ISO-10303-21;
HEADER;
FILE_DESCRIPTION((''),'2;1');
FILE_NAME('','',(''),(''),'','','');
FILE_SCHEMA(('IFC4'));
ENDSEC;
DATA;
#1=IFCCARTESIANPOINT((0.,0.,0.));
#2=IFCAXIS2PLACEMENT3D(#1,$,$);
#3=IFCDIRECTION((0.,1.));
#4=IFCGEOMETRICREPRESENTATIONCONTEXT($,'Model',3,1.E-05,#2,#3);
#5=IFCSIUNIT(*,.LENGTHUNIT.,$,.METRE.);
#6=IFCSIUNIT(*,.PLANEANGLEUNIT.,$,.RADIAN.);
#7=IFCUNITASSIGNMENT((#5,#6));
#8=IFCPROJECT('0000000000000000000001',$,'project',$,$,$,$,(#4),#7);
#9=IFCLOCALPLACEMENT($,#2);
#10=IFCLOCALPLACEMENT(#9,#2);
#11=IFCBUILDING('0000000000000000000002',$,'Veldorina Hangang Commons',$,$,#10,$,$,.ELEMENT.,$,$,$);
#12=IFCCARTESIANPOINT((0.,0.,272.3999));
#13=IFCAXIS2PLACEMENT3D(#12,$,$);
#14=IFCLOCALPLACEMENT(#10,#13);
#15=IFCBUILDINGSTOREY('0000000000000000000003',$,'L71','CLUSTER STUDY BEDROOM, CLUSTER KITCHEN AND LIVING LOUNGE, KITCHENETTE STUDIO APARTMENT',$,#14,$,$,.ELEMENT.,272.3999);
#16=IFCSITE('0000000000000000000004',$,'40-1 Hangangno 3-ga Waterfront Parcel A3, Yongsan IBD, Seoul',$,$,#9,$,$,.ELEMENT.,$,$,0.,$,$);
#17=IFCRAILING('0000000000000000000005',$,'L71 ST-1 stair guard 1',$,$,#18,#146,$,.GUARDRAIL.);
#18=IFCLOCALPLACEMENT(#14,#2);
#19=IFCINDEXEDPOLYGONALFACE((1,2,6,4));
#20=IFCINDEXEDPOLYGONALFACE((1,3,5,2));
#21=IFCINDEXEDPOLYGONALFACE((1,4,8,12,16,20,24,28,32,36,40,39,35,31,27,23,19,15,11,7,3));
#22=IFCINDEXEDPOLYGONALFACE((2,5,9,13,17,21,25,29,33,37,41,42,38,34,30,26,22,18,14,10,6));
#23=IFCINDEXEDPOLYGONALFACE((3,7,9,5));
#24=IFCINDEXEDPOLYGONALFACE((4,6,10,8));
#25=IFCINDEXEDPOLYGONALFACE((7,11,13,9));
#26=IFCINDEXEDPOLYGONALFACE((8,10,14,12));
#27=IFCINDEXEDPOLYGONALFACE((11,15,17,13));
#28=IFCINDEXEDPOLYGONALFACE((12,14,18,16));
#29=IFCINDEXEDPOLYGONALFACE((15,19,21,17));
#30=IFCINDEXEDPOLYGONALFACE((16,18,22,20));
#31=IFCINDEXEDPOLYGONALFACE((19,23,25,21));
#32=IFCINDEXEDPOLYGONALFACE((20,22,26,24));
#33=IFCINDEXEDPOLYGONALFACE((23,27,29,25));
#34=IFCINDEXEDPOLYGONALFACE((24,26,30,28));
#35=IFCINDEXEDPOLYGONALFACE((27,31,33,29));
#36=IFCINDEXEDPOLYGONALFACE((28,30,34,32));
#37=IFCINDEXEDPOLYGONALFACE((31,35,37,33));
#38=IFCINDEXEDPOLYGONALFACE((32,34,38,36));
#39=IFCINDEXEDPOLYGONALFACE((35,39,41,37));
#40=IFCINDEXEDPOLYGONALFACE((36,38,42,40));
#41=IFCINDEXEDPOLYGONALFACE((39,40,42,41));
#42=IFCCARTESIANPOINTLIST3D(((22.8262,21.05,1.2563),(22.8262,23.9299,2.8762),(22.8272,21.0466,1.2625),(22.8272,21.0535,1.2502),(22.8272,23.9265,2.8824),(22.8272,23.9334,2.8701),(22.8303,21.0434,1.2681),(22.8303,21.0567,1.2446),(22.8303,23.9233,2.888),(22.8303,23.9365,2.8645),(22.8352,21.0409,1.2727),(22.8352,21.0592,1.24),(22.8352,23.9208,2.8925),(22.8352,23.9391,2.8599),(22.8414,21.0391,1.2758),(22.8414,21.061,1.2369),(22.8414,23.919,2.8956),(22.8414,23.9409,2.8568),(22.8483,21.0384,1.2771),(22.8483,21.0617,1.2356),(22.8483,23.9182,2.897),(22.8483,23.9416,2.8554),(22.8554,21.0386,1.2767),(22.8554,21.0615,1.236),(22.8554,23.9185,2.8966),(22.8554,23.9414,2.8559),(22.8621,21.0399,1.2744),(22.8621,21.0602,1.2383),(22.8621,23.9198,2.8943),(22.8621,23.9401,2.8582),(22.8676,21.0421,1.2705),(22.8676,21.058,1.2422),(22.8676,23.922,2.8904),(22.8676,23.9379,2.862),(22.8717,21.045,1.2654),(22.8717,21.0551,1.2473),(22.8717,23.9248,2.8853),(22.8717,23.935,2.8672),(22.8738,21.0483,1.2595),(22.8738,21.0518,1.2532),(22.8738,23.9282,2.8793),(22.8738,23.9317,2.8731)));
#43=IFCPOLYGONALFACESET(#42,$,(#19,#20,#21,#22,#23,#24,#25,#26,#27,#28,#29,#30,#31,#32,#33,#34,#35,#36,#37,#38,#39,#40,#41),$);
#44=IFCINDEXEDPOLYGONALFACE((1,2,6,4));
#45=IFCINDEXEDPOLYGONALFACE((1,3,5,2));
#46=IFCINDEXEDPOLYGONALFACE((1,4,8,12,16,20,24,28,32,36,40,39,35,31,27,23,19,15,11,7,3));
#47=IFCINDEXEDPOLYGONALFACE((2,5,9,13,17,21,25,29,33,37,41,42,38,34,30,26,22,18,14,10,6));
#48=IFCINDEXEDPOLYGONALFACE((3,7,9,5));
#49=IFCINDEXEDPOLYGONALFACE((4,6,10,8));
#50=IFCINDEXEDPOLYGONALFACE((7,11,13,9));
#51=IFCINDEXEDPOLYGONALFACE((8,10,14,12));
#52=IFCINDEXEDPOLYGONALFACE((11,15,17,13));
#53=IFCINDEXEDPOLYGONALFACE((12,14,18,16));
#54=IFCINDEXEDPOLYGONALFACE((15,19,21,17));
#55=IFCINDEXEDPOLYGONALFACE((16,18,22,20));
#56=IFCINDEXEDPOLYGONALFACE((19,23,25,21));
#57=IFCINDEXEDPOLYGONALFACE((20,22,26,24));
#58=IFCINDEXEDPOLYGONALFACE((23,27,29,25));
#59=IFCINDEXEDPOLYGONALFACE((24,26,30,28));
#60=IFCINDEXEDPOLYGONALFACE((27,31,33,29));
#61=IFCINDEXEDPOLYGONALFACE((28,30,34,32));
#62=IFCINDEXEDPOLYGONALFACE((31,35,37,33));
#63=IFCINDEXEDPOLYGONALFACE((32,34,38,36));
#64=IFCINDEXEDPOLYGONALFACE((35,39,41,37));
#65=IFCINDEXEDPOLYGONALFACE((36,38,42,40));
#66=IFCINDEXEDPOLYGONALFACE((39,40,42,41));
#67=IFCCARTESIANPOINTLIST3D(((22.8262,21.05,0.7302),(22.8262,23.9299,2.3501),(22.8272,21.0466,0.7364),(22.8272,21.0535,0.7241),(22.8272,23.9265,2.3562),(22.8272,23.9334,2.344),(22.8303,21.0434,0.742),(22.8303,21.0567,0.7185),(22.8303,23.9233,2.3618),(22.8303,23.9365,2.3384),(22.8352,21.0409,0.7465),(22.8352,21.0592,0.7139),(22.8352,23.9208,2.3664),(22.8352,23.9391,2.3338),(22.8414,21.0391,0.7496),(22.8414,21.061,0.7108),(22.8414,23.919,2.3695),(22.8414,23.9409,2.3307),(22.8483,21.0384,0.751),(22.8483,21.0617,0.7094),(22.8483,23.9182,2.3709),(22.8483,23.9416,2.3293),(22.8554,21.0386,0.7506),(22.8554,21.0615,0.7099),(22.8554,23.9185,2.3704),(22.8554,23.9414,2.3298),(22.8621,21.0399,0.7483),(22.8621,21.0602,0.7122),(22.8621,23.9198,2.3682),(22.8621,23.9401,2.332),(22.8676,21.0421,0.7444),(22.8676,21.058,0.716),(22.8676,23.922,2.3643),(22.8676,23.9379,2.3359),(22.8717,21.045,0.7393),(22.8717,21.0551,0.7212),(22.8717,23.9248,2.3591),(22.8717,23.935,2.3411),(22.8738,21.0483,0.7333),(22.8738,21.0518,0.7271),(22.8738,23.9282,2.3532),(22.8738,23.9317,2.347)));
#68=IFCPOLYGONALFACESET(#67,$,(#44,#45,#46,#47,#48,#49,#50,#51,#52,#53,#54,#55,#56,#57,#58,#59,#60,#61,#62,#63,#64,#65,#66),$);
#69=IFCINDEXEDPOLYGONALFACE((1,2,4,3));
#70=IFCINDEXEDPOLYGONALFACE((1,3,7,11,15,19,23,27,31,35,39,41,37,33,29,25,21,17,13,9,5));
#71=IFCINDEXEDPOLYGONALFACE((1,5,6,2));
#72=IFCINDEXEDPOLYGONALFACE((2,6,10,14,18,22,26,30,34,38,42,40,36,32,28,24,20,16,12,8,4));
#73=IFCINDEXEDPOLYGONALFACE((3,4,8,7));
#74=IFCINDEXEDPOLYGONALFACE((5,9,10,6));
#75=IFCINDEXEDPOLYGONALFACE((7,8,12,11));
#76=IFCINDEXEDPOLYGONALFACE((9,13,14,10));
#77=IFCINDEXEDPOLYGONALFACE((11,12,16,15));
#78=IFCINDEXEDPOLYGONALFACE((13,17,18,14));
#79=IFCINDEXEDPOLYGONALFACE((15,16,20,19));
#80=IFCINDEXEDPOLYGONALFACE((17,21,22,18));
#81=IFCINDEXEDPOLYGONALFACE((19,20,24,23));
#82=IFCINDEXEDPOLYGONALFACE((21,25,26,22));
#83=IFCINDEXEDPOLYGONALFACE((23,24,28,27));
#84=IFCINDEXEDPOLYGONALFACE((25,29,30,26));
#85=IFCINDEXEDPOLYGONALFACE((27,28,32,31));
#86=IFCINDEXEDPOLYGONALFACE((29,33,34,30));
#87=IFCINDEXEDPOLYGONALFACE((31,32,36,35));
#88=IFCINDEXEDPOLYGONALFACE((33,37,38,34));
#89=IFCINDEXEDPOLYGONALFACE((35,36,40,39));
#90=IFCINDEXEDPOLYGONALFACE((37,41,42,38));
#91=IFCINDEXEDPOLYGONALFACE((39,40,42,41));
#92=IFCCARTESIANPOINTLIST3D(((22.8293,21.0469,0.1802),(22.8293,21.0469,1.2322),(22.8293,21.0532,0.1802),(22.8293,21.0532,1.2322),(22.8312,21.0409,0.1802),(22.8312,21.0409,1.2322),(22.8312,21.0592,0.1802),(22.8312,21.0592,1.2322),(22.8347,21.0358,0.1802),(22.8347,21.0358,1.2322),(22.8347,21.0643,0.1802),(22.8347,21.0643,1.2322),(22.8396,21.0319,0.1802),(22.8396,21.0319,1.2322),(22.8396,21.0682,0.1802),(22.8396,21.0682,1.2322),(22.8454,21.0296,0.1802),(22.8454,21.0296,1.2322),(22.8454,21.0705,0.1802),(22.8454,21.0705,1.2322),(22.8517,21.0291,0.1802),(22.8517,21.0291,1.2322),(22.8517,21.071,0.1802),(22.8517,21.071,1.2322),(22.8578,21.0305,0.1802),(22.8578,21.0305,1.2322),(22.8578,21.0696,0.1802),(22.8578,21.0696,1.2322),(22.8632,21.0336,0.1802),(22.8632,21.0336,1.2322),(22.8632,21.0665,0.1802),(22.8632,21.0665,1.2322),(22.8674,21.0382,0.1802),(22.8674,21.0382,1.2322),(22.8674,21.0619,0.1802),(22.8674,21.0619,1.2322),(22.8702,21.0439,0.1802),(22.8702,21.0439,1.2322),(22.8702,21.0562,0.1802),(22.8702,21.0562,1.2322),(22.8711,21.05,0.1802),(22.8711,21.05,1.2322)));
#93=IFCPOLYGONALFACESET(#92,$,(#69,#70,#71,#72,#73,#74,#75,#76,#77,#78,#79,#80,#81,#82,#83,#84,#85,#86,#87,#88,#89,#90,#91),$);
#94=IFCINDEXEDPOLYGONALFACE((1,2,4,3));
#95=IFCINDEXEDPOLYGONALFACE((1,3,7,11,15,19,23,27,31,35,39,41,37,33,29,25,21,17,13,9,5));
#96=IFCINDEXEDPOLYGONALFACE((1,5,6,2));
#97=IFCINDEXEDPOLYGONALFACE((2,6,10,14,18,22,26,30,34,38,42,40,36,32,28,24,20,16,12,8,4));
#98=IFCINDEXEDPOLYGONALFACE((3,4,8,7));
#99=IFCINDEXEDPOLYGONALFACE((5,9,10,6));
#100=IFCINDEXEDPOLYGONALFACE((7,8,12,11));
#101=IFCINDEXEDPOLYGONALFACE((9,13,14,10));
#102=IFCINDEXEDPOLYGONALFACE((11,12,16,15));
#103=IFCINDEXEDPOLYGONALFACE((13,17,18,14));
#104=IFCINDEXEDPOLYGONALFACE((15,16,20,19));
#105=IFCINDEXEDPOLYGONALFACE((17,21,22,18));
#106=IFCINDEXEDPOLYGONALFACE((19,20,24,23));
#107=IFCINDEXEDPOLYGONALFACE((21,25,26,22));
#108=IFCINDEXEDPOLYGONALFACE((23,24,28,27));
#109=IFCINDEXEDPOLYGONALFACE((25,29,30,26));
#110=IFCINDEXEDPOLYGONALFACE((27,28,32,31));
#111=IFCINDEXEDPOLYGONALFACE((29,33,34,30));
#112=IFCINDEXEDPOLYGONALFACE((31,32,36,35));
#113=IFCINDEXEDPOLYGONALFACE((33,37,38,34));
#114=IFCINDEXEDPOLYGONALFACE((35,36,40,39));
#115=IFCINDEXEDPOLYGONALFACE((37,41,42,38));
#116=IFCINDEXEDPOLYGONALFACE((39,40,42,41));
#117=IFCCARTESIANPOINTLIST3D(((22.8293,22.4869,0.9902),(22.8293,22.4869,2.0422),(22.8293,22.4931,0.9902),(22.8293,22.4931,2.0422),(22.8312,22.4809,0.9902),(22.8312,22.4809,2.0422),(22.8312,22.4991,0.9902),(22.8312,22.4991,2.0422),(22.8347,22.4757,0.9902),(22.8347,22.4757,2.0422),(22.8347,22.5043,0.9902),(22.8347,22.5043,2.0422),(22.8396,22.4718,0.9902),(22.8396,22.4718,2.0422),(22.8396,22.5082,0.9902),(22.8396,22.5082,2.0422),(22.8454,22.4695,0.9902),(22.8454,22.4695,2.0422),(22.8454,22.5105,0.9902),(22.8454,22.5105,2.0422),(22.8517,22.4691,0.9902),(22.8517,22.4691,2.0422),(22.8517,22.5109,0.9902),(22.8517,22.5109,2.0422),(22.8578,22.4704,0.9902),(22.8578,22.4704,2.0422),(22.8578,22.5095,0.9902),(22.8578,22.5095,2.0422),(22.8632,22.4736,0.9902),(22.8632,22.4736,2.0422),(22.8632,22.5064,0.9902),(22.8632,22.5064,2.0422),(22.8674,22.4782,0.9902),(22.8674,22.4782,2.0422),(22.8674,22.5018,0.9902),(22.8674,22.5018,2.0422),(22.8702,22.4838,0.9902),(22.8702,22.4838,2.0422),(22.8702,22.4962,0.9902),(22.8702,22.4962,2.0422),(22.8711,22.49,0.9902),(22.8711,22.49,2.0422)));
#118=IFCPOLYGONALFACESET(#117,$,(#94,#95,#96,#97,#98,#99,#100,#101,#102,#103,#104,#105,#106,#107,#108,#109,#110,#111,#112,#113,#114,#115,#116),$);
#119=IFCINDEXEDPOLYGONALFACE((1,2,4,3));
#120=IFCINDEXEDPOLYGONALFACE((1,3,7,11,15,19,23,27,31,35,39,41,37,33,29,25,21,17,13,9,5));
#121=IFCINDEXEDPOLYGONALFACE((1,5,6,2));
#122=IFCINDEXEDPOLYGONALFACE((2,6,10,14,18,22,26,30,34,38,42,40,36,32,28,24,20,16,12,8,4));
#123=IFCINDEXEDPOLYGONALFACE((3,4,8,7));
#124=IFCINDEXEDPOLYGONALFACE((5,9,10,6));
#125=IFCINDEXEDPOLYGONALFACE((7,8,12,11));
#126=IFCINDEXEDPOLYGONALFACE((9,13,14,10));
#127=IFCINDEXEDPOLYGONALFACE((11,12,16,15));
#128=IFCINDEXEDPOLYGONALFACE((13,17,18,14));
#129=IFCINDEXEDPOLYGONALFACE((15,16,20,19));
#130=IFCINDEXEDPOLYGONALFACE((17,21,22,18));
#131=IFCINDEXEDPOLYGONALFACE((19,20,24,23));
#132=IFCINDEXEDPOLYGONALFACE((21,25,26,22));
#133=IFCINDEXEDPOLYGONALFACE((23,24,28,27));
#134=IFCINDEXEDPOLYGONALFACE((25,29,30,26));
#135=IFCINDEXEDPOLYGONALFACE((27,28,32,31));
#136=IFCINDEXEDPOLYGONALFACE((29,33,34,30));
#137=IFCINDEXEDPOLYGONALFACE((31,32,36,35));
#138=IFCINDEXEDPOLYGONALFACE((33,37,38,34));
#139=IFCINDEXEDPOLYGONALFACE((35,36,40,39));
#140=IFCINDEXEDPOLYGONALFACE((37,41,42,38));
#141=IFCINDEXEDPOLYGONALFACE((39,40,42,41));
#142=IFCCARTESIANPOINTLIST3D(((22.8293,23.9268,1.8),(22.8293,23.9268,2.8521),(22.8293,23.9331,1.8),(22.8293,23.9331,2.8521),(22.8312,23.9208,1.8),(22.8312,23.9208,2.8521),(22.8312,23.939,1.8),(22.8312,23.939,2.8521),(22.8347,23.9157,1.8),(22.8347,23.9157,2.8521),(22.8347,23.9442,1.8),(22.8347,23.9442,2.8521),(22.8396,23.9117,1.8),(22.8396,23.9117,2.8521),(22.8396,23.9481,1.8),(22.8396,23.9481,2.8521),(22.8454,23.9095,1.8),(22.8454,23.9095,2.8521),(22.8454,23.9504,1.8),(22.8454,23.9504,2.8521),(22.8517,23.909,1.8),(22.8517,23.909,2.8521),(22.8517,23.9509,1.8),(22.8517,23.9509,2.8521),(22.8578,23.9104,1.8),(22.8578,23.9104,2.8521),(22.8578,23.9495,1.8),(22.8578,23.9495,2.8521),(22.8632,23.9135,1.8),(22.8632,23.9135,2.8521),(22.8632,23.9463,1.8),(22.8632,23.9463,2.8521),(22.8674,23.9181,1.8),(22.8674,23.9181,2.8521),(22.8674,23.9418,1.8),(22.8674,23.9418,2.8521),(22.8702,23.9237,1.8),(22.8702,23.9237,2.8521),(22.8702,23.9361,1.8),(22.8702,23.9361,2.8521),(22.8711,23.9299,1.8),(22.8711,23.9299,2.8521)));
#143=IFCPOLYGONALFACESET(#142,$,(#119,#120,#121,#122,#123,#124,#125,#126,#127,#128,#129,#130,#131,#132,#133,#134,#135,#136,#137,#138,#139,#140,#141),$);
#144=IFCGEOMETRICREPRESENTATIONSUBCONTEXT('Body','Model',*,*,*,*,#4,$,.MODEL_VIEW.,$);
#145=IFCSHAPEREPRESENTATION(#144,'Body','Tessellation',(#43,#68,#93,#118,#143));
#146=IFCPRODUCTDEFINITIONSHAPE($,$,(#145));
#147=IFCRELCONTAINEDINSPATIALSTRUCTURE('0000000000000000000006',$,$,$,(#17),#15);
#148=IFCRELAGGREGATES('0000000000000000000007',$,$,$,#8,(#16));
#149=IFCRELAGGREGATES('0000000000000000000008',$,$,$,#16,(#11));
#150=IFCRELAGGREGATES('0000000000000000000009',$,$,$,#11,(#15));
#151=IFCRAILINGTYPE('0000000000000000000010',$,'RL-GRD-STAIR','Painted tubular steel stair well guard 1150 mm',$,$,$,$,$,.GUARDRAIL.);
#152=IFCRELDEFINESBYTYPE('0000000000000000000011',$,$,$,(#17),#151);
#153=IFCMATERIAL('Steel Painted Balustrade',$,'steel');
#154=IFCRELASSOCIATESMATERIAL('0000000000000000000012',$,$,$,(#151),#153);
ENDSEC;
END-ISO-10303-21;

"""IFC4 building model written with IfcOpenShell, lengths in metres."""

from ifc_helpers import new_model, si_unit, direction, frame, origin, origin_2d, place, context, subcontext, project, spatial, circle, extrude, material, type_object, element, save


model = new_model("IFC4")

# Units and contexts
model_context = context("Model", 3, precision=1e-05, world=origin(), true_north=direction((0.0, 1.0)))
body_context = subcontext(model_context, "Body", "Model", "MODEL_VIEW")
ifc_project = project(units=[si_unit("LENGTHUNIT", "METRE"), si_unit("PLANEANGLEUNIT", "RADIAN")], contexts=[model_context])

# Site, building, storey
site_placement = place(None, origin())
site = spatial("IfcSite", under=ifc_project, at=site_placement, Name="40-1 Hangangno 3-ga Waterfront Parcel A3, Yongsan IBD, Seoul", CompositionType="ELEMENT", RefElevation=0.0)
building_placement = place(site_placement, origin())
building = spatial("IfcBuilding", under=site, at=building_placement, Name="Veldorina Hangang Commons", CompositionType="ELEMENT")
storey_placement = place(building_placement, frame((0.0, 0.0, 272.3999)))
storey = spatial("IfcBuildingStorey", under=building, at=storey_placement, Name="L71", Description="CLUSTER STUDY BEDROOM, CLUSTER KITCHEN AND LIVING LOUNGE, KITCHENETTE STUDIO APARTMENT", CompositionType="ELEMENT", Elevation=272.3999)

# Railing
ifc_material_1 = material(Name="Steel Painted Balustrade", Category="steel")
railing_type_1 = type_object("IfcRailingType", Name="RL-GRD-STAIR", Description="Painted tubular steel stair well guard 1150 mm", PredefinedType="GUARDRAIL", material=ifc_material_1)
railing_1_placement = place(storey_placement, frame((22.8501, 21.05, 0.1802)))
element("IfcRailing", 1, at=railing_1_placement, inside=storey, type_object=railing_type_1, Name="L71 ST-1 stair guard 1", PredefinedType="GUARDRAIL", context=body_context, shape_type="SweptSolid", body=[
    extrude(circle(Radius=0.0239, at=origin_2d()), frame((0.0, 0.0, 1.0762), z_axis=(0.0, 0.871583, 0.490247), x_axis=(-1.0, 0.0, 0.0)), (0.0, 0.0, 1.0), 3.3042),
    extrude(circle(Radius=0.0239, at=origin_2d()), frame((0.0, 0.0, 0.55), z_axis=(0.0, 0.871583, 0.490247), x_axis=(-1.0, 0.0, 0.0)), (0.0, 0.0, 1.0), 3.3042),
    extrude(circle(Radius=0.021, at=origin_2d()), origin(), (0.0, 0.0, 1.0), 1.052),
    extrude(circle(Radius=0.021, at=origin_2d()), frame((0.0, 1.4399, 0.8101)), (0.0, 0.0, 1.0), 1.052),
    extrude(circle(Radius=0.021, at=origin_2d()), frame((0.0, 2.8799, 1.6199)), (0.0, 0.0, 1.0), 1.052),
])

save(model, "model.ifc")
